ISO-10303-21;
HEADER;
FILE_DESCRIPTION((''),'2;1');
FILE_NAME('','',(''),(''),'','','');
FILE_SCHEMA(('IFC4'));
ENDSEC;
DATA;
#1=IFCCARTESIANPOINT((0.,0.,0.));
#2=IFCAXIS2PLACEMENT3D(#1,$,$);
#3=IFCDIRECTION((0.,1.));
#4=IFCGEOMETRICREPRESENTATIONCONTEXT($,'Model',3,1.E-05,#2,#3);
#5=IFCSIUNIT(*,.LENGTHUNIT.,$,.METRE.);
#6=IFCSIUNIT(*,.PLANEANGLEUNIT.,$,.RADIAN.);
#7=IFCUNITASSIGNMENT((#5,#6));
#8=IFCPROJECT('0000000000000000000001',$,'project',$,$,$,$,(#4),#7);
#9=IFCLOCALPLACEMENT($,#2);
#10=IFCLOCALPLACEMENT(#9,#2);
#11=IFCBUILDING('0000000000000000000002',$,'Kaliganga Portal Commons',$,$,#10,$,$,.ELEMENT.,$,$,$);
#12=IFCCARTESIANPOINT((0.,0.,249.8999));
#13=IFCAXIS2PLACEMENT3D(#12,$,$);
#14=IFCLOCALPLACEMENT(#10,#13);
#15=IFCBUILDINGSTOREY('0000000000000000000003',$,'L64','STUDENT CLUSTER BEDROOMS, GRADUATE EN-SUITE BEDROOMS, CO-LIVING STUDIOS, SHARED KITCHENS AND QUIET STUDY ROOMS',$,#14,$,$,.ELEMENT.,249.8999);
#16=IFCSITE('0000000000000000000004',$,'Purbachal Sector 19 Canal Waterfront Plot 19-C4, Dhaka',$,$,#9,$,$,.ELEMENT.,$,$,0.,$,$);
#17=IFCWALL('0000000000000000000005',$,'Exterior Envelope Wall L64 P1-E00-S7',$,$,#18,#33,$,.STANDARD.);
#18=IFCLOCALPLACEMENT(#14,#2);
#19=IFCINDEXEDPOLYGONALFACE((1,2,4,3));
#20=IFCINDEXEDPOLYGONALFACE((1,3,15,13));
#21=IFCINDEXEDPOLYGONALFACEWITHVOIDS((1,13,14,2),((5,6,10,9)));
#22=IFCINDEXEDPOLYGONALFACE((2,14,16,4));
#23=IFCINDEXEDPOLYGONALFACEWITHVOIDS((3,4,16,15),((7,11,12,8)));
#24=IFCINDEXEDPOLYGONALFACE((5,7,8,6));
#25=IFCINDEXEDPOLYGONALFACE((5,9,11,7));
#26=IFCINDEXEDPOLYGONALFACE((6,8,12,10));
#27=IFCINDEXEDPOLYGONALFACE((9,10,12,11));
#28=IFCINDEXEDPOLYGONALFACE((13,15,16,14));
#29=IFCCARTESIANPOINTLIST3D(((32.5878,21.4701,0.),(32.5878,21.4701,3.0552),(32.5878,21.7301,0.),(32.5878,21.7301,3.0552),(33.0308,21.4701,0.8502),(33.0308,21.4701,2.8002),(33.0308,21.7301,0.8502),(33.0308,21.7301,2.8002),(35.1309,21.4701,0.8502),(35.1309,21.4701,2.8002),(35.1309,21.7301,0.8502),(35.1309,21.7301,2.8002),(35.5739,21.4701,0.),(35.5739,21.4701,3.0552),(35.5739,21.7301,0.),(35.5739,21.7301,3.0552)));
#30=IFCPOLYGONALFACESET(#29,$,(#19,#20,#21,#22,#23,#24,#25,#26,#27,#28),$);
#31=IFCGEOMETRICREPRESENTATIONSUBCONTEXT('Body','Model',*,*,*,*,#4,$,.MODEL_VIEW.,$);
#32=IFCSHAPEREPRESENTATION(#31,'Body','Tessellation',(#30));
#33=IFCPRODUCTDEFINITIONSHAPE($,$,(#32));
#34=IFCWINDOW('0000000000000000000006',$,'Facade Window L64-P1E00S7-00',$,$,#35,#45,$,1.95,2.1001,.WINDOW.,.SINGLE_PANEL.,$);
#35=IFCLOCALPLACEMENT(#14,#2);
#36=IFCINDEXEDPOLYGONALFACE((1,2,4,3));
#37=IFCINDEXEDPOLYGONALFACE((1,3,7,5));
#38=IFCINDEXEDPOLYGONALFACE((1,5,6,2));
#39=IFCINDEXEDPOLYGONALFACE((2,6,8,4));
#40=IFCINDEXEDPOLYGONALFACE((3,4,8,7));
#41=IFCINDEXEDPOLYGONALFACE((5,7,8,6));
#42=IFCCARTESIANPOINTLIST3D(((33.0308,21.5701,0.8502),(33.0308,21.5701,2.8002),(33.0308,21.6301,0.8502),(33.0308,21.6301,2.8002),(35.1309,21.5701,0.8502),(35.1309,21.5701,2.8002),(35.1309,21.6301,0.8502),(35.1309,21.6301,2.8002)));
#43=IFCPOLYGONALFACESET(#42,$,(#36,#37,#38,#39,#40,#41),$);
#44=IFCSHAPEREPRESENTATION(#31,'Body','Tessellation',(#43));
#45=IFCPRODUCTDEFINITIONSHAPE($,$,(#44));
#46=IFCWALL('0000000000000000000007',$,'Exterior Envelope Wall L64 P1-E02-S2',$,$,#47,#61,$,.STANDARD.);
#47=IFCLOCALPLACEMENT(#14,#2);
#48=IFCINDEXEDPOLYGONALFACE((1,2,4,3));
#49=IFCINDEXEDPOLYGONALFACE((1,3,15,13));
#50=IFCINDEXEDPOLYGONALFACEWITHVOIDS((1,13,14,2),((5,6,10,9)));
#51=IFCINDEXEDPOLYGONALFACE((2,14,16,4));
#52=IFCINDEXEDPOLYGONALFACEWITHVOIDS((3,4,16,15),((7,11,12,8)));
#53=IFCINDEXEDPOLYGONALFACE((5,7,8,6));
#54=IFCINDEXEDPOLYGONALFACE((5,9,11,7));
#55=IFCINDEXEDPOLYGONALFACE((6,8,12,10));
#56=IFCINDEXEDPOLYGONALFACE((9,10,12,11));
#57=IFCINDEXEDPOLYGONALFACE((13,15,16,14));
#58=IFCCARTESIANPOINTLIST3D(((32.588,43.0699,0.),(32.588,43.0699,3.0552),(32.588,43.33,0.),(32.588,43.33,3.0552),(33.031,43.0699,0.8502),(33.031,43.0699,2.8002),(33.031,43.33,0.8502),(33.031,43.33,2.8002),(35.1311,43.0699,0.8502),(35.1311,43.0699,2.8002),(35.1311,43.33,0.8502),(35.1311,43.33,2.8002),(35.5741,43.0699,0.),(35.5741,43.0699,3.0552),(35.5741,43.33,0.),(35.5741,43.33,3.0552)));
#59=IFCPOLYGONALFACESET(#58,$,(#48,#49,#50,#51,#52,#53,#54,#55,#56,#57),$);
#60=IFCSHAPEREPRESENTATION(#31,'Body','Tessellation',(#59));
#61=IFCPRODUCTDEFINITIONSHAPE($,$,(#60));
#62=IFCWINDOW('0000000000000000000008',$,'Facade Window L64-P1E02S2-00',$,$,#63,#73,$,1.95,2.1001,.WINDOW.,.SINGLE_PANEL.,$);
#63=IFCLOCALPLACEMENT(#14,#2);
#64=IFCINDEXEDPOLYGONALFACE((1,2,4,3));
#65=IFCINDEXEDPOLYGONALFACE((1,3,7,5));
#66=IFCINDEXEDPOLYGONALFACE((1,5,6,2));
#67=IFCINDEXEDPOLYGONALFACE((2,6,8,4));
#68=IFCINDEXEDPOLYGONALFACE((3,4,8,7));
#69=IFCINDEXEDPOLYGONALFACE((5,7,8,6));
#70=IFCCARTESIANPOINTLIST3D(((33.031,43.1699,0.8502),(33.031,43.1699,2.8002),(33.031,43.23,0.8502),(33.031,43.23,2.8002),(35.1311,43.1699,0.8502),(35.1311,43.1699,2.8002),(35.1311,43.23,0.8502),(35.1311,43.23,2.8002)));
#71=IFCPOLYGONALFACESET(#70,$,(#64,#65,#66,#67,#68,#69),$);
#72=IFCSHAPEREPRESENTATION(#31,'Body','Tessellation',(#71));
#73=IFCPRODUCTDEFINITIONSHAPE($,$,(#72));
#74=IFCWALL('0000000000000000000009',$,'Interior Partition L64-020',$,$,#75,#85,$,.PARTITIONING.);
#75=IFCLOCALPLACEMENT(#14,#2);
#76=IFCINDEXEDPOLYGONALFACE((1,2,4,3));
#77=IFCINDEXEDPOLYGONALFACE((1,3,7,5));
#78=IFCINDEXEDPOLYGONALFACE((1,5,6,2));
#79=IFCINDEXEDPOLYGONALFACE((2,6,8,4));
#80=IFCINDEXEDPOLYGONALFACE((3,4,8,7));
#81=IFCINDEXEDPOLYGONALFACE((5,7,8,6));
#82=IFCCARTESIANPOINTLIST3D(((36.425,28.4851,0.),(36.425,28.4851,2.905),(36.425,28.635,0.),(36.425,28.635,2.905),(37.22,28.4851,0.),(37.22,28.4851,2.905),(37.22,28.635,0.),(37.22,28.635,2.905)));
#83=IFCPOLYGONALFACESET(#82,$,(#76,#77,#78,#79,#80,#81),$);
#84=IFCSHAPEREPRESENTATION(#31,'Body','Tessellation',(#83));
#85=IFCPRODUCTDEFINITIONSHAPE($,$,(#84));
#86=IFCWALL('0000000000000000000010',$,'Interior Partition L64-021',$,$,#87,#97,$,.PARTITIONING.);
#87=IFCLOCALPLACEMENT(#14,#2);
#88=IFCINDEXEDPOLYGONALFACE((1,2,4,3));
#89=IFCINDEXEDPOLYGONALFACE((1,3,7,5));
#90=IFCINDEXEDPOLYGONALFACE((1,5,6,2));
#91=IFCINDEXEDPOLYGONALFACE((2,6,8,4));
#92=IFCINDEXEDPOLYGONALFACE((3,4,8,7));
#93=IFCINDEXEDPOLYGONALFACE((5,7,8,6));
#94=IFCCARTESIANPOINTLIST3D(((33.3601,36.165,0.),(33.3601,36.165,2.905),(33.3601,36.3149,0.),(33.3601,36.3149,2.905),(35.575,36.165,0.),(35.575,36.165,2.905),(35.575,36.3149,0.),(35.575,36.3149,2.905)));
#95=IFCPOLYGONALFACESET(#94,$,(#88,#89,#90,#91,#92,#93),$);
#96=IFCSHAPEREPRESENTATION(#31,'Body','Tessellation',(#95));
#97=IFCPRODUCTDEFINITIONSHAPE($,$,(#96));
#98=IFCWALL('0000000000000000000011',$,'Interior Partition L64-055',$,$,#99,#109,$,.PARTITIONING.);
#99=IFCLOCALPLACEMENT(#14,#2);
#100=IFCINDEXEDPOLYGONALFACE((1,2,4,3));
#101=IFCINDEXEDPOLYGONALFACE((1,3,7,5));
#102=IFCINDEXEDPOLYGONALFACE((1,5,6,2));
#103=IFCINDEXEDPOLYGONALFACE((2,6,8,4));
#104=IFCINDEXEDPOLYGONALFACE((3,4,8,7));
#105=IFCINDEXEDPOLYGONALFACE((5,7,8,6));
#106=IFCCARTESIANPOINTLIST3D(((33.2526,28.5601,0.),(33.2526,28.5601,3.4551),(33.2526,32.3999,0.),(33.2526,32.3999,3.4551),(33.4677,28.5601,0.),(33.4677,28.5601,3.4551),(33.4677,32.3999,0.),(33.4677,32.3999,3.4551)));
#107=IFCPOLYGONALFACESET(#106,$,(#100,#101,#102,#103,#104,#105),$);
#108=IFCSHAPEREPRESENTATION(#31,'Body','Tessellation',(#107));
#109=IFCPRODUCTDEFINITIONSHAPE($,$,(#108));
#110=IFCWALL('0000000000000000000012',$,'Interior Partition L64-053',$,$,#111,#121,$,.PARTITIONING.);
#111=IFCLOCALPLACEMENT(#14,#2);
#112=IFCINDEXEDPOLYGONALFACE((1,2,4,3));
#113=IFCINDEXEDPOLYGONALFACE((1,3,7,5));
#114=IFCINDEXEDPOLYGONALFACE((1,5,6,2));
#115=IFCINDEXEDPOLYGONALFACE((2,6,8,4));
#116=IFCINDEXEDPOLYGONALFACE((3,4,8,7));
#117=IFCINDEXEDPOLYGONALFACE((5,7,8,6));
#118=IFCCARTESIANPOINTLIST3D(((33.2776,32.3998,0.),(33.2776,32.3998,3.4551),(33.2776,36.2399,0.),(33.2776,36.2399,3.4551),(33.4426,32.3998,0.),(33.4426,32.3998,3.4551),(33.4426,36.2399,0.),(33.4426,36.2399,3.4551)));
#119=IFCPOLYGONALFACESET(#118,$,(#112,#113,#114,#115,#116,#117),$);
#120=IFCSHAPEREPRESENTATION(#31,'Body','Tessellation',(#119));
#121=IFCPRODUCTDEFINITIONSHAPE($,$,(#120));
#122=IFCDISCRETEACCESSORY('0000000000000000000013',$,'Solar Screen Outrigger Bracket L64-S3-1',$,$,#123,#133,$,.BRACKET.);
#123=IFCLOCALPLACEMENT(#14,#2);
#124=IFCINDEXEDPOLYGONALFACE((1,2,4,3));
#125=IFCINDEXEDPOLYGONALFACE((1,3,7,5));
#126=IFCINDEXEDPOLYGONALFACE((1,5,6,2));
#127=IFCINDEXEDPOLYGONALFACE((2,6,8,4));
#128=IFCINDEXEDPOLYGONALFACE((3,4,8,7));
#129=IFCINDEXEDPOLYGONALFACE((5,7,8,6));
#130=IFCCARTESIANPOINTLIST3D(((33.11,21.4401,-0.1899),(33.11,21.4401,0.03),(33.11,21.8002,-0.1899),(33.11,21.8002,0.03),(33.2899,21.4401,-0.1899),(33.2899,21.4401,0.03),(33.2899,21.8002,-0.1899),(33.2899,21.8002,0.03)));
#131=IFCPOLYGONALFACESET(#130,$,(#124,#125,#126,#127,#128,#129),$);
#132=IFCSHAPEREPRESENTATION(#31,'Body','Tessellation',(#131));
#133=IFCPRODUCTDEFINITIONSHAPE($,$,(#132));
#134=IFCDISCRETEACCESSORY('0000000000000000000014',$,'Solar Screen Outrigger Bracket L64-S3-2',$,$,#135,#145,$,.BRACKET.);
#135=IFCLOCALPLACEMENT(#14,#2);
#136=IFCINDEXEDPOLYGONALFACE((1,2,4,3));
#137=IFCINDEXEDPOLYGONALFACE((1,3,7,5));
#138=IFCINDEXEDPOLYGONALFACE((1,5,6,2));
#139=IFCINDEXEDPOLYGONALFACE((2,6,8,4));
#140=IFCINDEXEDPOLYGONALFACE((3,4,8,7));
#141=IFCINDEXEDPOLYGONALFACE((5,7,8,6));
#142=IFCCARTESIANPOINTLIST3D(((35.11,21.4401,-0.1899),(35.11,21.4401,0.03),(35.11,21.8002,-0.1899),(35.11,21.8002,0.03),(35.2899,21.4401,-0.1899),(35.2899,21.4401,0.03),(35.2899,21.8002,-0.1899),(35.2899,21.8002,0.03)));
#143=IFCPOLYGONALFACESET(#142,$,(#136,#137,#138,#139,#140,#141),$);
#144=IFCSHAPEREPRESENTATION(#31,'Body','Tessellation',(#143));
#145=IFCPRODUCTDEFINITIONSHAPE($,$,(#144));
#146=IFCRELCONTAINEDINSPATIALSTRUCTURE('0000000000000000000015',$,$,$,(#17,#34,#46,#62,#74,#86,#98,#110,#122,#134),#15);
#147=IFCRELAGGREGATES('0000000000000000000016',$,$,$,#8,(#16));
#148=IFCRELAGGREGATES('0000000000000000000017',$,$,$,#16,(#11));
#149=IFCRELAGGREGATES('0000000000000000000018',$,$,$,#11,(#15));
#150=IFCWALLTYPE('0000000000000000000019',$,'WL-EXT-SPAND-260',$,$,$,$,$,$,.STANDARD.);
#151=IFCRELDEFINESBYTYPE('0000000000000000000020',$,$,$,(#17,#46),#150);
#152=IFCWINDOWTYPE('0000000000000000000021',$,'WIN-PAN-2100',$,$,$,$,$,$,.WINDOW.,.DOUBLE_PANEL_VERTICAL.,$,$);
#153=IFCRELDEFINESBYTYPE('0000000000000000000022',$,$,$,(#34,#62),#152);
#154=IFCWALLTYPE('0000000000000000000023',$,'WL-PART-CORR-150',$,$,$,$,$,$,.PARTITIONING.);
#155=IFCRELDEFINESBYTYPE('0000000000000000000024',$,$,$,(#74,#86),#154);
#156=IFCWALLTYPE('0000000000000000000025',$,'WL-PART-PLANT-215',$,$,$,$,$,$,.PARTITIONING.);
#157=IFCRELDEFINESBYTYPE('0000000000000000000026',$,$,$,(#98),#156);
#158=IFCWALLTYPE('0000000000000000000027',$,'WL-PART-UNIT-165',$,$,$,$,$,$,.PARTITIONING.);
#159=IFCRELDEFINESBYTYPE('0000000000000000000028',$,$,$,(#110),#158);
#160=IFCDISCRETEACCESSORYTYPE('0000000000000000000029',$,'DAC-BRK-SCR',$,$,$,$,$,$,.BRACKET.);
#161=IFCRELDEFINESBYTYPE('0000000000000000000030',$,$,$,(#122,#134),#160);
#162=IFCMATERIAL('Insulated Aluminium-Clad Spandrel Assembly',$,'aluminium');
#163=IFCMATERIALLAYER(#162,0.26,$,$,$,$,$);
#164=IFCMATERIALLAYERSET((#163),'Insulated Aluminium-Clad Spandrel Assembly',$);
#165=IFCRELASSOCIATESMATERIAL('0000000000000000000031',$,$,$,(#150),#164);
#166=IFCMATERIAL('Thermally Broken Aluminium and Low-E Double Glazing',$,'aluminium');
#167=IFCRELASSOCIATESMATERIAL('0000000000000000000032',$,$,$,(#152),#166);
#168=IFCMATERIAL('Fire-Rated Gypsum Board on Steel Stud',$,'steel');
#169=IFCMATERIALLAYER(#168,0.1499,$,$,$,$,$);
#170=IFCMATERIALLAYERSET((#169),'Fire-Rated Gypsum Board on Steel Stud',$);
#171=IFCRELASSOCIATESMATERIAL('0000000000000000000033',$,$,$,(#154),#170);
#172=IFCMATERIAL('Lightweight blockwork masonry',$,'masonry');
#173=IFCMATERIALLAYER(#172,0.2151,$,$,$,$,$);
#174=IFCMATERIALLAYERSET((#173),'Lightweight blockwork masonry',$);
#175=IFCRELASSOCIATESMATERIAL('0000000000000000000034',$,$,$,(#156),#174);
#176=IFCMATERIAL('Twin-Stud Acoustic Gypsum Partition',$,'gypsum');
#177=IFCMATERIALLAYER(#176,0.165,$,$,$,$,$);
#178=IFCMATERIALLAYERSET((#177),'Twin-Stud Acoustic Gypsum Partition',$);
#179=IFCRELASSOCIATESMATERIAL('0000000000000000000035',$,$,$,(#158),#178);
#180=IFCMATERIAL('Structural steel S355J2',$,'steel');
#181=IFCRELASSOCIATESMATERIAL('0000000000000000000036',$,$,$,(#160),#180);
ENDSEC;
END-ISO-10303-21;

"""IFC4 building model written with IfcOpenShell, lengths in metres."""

from ifc_helpers import new_model, si_unit, direction, frame, frame_2d, origin, origin_2d, place, context, subcontext, project, spatial, rectangle, extrude, source, transform, mapped, material, layer, layer_set, type_object, element, fill, save


model = new_model("IFC4")

# Units and contexts
model_context = context("Model", 3, precision=1e-05, world=origin(), true_north=direction((0.0, 1.0)))
body_context = subcontext(model_context, "Body", "Model", "MODEL_VIEW")
ifc_project = project(units=[si_unit("LENGTHUNIT", "METRE"), si_unit("PLANEANGLEUNIT", "RADIAN")], contexts=[model_context])

# Site, building, storey
site_placement = place(None, origin())
site = spatial("IfcSite", under=ifc_project, at=site_placement, Name="Purbachal Sector 19 Canal Waterfront Plot 19-C4, Dhaka", CompositionType="ELEMENT", RefElevation=0.0)
building_placement = place(site_placement, origin())
building = spatial("IfcBuilding", under=site, at=building_placement, Name="Kaliganga Portal Commons", CompositionType="ELEMENT")
storey_placement = place(building_placement, frame((0.0, 0.0, 249.8999)))
storey = spatial("IfcBuildingStorey", under=building, at=storey_placement, Name="L64", Description="STUDENT CLUSTER BEDROOMS, GRADUATE EN-SUITE BEDROOMS, CO-LIVING STUDIOS, SHARED KITCHENS AND QUIET STUDY ROOMS", CompositionType="ELEMENT", Elevation=249.8999)

# Shared definitions
ifc_material_1 = material(Name="Structural steel S355J2", Category="steel")

# Walls, openings, windows
ifc_material_2 = material(Name="Insulated Aluminium-Clad Spandrel Assembly", Category="aluminium")
ifc_layer_1 = layer(ifc_material_2, 0.26)
ifc_layer_set_1 = layer_set([ifc_layer_1], Name="Insulated Aluminium-Clad Spandrel Assembly")
wall_type_1 = type_object("IfcWallType", Name="WL-EXT-SPAND-260", PredefinedType="STANDARD", material=ifc_layer_set_1)
wall_1_placement = place(storey_placement, frame((35.574, 21.6001, 0.0), z_axis=(0.0, 0.0, 1.0), x_axis=(-1.0, 0.0, 0.0)))
wall_1 = element("IfcWall", 1, at=wall_1_placement, inside=storey, type_object=wall_type_1, Name="Exterior Envelope Wall L64 P1-E00-S7", PredefinedType="STANDARD", context=body_context, shape_type="SweptSolid", body=[
    extrude(rectangle(XDim=2.9861, YDim=0.26, at=frame_2d((1.4932, 0.0))), origin(), (0.0, 0.0, 1.0), 3.0552),
])
opening_1_placement = place(wall_1_placement, frame((0.4431, 0.0, 0.8501)))
opening_1 = element("IfcOpeningElement", 2, at=opening_1_placement, cuts=wall_1, PredefinedType="OPENING", context=body_context, shape_type="SweptSolid", body=[
    extrude(rectangle(XDim=2.1001, YDim=1.95, at=frame_2d((1.05, 0.9751))), frame((0.0, 0.1401, 0.0), z_axis=(0.0, -1.0, 0.0), x_axis=(1.0, 0.0, 0.0)), (0.0, 0.0, 1.0), 0.28),
])
ifc_material_3 = material(Name="Thermally Broken Aluminium and Low-E Double Glazing", Category="aluminium")
window_type = type_object("IfcWindowType", Name="WIN-PAN-2100", PartitioningType="DOUBLE_PANEL_VERTICAL", PredefinedType="WINDOW", material=ifc_material_3)
window_1_placement = place(opening_1_placement, origin())
window_1 = element("IfcWindow", 3, at=window_1_placement, inside=storey, type_object=window_type, Name="Facade Window L64-P1E00S7-00", OverallHeight=1.95, OverallWidth=2.1001, PartitioningType="SINGLE_PANEL", PredefinedType="WINDOW", context=body_context, shape_type="SweptSolid", body=[
    extrude(rectangle(XDim=2.1001, YDim=1.95, at=frame_2d((1.05, 0.9751))), frame((0.0, 0.03, 0.0), z_axis=(0.0, -1.0, 0.0), x_axis=(1.0, 0.0, 0.0)), (0.0, 0.0, 1.0), 0.0601),
])
fill(opening_1, window_1)
wall_2_placement = place(storey_placement, frame((32.5879, 43.2, 0.0), z_axis=(0.0, 0.0, 1.0), x_axis=(1.0, 0.0, 0.0)))
wall_2 = element("IfcWall", 4, at=wall_2_placement, inside=storey, type_object=wall_type_1, Name="Exterior Envelope Wall L64 P1-E02-S2", PredefinedType="STANDARD", context=body_context, shape_type="SweptSolid", body=[
    extrude(rectangle(XDim=2.9861, YDim=0.26, at=frame_2d((1.4932, 0.0))), origin(), (0.0, 0.0, 1.0), 3.0552),
])
opening_2_placement = place(wall_2_placement, frame((0.4431, 0.0, 0.8501)))
opening_2 = element("IfcOpeningElement", 5, at=opening_2_placement, cuts=wall_2, PredefinedType="OPENING", context=body_context, shape_type="SweptSolid", body=[
    extrude(rectangle(XDim=2.1001, YDim=1.95, at=frame_2d((1.05, 0.9751))), frame((0.0, 0.1401, 0.0), z_axis=(0.0, -1.0, 0.0), x_axis=(1.0, 0.0, 0.0)), (0.0, 0.0, 1.0), 0.28),
])
window_2_placement = place(opening_2_placement, origin())
window_2 = element("IfcWindow", 6, at=window_2_placement, inside=storey, type_object=window_type, Name="Facade Window L64-P1E02S2-00", OverallHeight=1.95, OverallWidth=2.1001, PartitioningType="SINGLE_PANEL", PredefinedType="WINDOW", context=body_context, shape_type="SweptSolid", body=[
    extrude(rectangle(XDim=2.1001, YDim=1.95, at=frame_2d((1.05, 0.9751))), frame((0.0, 0.03, 0.0), z_axis=(0.0, -1.0, 0.0), x_axis=(1.0, 0.0, 0.0)), (0.0, 0.0, 1.0), 0.0601),
])
fill(opening_2, window_2)

# Shared definitions
ifc_material_4 = material(Name="Fire-Rated Gypsum Board on Steel Stud", Category="steel")
ifc_layer_2 = layer(ifc_material_4, 0.1499)
ifc_layer_set_2 = layer_set([ifc_layer_2], Name="Fire-Rated Gypsum Board on Steel Stud")
wall_type_2 = type_object("IfcWallType", Name="WL-PART-CORR-150", PredefinedType="PARTITIONING", material=ifc_layer_set_2)

# Walls
wall_3_placement = place(storey_placement, frame((36.425, 28.5601, 0.0), z_axis=(0.0, 0.0, 1.0), x_axis=(1.0, 0.0, 0.0)))
element("IfcWall", 7, at=wall_3_placement, inside=storey, type_object=wall_type_2, Name="Interior Partition L64-020", PredefinedType="PARTITIONING", context=body_context, shape_type="SweptSolid", body=[
    extrude(rectangle(XDim=0.7949, YDim=0.1499, at=frame_2d((0.3975, 0.0))), origin(), (0.0, 0.0, 1.0), 2.905),
])
wall_4_placement = place(storey_placement, frame((33.3601, 36.24, 0.0), z_axis=(0.0, 0.0, 1.0), x_axis=(1.0, 0.0, 0.0)))
element("IfcWall", 8, at=wall_4_placement, inside=storey, type_object=wall_type_2, Name="Interior Partition L64-021", PredefinedType="PARTITIONING", context=body_context, shape_type="SweptSolid", body=[
    extrude(rectangle(XDim=2.2148, YDim=0.1499, at=frame_2d((1.1074, 0.0))), origin(), (0.0, 0.0, 1.0), 2.905),
])
ifc_material_5 = material(Name="Lightweight blockwork masonry", Category="masonry")
ifc_layer_3 = layer(ifc_material_5, 0.2151)
ifc_layer_set_3 = layer_set([ifc_layer_3], Name="Lightweight blockwork masonry")
wall_type_3 = type_object("IfcWallType", Name="WL-PART-PLANT-215", PredefinedType="PARTITIONING", material=ifc_layer_set_3)
wall_5_placement = place(storey_placement, frame((33.3601, 28.5601, 0.0), z_axis=(0.0, 0.0, 1.0), x_axis=(0.0, 1.0, 0.0)))
element("IfcWall", 9, at=wall_5_placement, inside=storey, type_object=wall_type_3, Name="Interior Partition L64-055", PredefinedType="PARTITIONING", context=body_context, shape_type="SweptSolid", body=[
    extrude(rectangle(XDim=3.8398, YDim=0.2151, at=frame_2d((1.9199, 0.0))), origin(), (0.0, 0.0, 1.0), 3.4551),
])
ifc_material_6 = material(Name="Twin-Stud Acoustic Gypsum Partition", Category="gypsum")
ifc_layer_4 = layer(ifc_material_6, 0.165)
ifc_layer_set_4 = layer_set([ifc_layer_4], Name="Twin-Stud Acoustic Gypsum Partition")
wall_type_4 = type_object("IfcWallType", Name="WL-PART-UNIT-165", PredefinedType="PARTITIONING", material=ifc_layer_set_4)
wall_6_placement = place(storey_placement, frame((33.3601, 32.3999, 0.0), z_axis=(0.0, 0.0, 1.0), x_axis=(0.0, 1.0, 0.0)))
element("IfcWall", 10, at=wall_6_placement, inside=storey, type_object=wall_type_4, Name="Interior Partition L64-053", PredefinedType="PARTITIONING", context=body_context, shape_type="SweptSolid", body=[
    extrude(rectangle(XDim=3.8401, YDim=0.165, at=frame_2d((1.9199, 0.0))), origin(), (0.0, 0.0, 1.0), 3.4551),
])

# Discrete accessories
discrete_accessory_type = type_object("IfcDiscreteAccessoryType", Name="DAC-BRK-SCR", PredefinedType="BRACKET", material=ifc_material_1)
shared_shape_1 = source(origin(), body_context, "Body", "SweptSolid", [
    extrude(rectangle(XDim=0.1799, YDim=0.3601, at=origin_2d()), origin(), (0.0, 0.0, 1.0), 0.22),
])
for number, where, z_axis, x_axis, name in (
    (11, (33.2, 21.6201, -0.1899), (0.0, 0.0, 1.0), (1.0, 0.0, 0.0), "Solar Screen Outrigger Bracket L64-S3-1"),
    (12, (35.2, 21.6201, -0.1899), (0.0, 0.0, 1.0), (1.0, 0.0, 0.0), "Solar Screen Outrigger Bracket L64-S3-2"),
):
    element("IfcDiscreteAccessory", number, at=place(storey_placement, frame(where, z_axis=z_axis, x_axis=x_axis)), inside=storey, type_object=discrete_accessory_type, Name=name, PredefinedType="BRACKET", context=body_context, shape_type="MappedRepresentation", body=[
        mapped(shared_shape_1, transform((0.0, 0.0, 0.0), x_axis=(1.0, 0.0, 0.0), y_axis=(0.0, 1.0, 0.0), z_axis=(0.0, 0.0, 1.0), scale=1.0)),
    ])

save(model, "model.ifc")
